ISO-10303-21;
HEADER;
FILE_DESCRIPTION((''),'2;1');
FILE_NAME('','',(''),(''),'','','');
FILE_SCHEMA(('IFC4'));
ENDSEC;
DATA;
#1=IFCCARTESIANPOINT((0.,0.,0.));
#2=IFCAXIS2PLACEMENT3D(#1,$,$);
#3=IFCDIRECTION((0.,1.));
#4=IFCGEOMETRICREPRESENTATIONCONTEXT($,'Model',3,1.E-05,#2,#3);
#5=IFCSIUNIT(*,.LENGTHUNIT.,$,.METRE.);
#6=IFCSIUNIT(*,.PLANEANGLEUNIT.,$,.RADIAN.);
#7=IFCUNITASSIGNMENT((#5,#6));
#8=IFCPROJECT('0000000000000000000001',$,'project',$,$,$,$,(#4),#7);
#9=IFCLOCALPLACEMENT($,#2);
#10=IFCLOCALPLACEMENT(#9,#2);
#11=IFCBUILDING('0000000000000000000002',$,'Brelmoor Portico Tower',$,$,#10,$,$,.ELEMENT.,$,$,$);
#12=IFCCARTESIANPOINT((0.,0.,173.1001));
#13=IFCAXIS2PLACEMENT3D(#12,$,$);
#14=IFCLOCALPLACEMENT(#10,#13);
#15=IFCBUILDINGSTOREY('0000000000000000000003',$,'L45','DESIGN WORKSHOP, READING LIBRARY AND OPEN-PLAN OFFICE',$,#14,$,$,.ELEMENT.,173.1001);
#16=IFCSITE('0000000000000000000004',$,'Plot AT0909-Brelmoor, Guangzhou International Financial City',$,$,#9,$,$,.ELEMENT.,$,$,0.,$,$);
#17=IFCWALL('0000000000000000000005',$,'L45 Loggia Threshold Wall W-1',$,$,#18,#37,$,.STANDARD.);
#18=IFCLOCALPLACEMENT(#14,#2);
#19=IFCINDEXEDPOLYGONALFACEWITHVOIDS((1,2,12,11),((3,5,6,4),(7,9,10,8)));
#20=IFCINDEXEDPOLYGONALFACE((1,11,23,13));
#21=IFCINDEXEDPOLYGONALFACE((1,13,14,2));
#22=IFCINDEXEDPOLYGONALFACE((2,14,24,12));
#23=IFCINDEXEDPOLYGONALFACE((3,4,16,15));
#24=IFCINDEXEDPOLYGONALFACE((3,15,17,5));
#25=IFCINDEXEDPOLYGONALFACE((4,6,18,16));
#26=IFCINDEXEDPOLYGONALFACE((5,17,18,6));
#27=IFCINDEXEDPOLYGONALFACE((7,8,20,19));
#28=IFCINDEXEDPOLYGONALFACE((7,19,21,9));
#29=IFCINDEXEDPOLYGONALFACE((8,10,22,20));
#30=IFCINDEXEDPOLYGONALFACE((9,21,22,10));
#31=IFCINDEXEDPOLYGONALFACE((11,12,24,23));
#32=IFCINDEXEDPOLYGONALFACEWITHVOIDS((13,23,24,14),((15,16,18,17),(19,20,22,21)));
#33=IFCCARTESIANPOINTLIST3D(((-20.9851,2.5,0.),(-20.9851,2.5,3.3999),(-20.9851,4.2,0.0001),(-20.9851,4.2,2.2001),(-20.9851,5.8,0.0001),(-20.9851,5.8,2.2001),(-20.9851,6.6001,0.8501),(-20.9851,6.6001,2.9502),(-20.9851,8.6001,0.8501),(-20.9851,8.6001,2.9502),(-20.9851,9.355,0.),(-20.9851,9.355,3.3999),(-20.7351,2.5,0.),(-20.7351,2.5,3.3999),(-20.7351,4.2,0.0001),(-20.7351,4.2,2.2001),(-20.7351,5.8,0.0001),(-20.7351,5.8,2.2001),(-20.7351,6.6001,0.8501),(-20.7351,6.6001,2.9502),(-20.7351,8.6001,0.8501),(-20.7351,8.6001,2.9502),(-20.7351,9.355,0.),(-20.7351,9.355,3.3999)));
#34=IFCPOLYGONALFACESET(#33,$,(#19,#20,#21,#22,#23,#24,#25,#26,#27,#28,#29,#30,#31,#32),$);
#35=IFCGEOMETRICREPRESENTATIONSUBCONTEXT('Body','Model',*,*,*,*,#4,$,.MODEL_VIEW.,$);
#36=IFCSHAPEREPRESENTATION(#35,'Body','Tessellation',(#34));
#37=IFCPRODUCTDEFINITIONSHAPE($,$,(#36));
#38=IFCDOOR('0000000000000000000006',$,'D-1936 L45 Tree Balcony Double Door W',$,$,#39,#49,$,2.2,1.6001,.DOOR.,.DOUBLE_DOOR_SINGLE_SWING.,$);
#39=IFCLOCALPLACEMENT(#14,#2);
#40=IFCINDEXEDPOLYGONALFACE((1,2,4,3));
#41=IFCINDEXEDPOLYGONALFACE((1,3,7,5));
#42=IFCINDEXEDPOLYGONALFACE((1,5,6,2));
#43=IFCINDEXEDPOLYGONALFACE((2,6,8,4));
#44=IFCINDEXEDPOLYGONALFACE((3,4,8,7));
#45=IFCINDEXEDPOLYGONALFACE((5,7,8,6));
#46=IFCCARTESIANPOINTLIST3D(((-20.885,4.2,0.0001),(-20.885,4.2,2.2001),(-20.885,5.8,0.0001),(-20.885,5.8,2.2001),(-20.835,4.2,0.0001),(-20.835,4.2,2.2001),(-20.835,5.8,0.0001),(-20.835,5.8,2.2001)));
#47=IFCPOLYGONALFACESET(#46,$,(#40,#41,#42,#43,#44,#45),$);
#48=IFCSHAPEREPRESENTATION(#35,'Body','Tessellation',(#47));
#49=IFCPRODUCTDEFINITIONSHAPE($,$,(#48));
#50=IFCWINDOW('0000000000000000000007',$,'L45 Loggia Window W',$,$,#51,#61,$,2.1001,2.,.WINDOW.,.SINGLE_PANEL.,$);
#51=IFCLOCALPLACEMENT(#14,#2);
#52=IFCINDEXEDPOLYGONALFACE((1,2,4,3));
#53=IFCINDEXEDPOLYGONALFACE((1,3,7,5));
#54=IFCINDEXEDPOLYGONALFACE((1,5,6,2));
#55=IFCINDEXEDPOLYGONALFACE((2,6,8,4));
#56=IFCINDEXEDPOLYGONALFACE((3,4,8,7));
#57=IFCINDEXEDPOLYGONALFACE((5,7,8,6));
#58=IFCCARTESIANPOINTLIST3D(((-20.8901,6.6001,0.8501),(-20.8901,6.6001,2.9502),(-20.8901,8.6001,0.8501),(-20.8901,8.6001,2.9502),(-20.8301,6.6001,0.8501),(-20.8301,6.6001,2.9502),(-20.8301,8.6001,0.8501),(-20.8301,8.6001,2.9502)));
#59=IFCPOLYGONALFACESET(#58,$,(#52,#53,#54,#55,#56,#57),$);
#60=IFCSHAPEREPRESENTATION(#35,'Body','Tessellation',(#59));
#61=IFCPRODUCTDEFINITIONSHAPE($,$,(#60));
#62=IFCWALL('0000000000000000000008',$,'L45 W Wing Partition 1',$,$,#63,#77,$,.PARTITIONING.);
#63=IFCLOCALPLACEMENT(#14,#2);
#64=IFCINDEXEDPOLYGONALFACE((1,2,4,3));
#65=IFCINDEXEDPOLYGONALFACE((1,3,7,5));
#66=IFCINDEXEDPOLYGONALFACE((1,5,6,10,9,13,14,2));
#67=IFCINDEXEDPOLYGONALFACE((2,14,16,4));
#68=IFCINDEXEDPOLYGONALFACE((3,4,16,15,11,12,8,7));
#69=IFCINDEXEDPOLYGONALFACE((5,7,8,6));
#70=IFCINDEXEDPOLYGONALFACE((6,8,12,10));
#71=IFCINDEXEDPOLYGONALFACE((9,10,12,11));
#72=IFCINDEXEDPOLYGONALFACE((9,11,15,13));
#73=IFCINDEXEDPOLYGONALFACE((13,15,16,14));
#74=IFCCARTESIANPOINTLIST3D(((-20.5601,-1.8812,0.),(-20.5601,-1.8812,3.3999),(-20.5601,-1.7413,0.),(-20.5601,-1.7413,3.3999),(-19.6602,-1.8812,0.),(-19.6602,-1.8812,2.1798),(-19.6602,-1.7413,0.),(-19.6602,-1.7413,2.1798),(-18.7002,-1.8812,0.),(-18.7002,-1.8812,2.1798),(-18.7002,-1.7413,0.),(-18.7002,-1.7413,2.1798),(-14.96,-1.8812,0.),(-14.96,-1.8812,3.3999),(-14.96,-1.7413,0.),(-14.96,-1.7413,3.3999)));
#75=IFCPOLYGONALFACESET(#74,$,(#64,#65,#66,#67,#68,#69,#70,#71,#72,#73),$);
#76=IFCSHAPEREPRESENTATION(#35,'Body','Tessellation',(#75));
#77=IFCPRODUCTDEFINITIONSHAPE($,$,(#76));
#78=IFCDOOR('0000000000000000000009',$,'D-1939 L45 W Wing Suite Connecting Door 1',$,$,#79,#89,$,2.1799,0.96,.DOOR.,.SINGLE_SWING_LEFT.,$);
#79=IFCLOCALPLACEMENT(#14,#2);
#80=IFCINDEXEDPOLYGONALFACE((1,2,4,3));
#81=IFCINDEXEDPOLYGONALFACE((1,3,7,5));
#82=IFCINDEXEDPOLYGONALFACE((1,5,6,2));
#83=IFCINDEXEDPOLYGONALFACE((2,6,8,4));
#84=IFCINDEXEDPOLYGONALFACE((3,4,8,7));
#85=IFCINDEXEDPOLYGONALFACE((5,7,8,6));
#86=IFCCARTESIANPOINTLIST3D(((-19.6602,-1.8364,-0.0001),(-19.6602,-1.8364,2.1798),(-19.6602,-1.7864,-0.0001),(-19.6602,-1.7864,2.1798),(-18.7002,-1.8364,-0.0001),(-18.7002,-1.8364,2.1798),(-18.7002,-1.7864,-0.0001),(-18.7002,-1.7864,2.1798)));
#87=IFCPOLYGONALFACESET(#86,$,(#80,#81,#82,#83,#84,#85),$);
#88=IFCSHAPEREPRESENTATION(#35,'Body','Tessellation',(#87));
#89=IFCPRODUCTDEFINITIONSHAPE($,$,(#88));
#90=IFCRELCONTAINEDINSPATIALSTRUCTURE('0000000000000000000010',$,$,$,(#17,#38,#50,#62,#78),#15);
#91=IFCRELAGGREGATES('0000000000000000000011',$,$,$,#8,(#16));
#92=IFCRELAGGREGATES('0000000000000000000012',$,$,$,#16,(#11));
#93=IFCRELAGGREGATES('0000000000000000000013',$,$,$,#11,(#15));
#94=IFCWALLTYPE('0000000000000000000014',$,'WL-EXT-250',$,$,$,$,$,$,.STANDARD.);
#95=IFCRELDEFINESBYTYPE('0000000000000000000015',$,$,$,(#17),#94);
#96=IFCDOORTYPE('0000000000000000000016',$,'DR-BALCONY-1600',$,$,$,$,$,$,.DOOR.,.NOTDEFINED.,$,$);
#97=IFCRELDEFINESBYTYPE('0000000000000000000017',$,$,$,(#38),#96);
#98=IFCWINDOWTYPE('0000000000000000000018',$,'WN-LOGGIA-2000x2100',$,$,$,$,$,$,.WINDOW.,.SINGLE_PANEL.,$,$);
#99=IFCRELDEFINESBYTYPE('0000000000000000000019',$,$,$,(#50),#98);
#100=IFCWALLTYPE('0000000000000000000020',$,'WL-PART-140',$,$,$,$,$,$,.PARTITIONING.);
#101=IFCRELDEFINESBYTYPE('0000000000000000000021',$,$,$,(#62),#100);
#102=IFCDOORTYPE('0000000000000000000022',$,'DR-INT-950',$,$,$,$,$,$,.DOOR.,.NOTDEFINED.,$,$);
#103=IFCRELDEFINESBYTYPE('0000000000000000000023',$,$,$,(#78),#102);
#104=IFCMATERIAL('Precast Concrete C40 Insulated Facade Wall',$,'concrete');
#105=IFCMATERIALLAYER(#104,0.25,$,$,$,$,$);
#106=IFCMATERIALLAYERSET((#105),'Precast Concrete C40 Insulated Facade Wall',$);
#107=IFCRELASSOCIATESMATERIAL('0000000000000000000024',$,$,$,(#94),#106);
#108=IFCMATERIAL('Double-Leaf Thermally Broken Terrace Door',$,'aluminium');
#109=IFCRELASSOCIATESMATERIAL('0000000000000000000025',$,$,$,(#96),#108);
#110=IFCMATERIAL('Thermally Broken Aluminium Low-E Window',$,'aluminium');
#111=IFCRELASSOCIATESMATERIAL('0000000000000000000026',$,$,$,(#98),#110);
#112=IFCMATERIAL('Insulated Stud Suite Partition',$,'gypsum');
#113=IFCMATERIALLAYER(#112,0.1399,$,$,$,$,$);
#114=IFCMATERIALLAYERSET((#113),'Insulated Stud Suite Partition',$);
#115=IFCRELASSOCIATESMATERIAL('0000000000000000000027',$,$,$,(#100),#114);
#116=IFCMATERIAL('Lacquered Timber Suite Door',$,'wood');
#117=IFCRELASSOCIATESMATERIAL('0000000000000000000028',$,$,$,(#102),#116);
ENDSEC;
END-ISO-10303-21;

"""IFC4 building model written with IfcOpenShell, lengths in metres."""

from ifc_helpers import new_model, si_unit, direction, frame, frame_2d, origin, place, context, subcontext, project, spatial, rectangle, extrude, material, layer, layer_set, type_object, element, fill, save


model = new_model("IFC4")

# Units and contexts
model_context = context("Model", 3, precision=1e-05, world=origin(), true_north=direction((0.0, 1.0)))
body_context = subcontext(model_context, "Body", "Model", "MODEL_VIEW")
ifc_project = project(units=[si_unit("LENGTHUNIT", "METRE"), si_unit("PLANEANGLEUNIT", "RADIAN")], contexts=[model_context])

# Site, building, storey
site_placement = place(None, origin())
site = spatial("IfcSite", under=ifc_project, at=site_placement, Name="Plot AT0909-Brelmoor, Guangzhou International Financial City", CompositionType="ELEMENT", RefElevation=0.0)
building_placement = place(site_placement, origin())
building = spatial("IfcBuilding", under=site, at=building_placement, Name="Brelmoor Portico Tower", CompositionType="ELEMENT")
storey_placement = place(building_placement, frame((0.0, 0.0, 173.1001)))
storey = spatial("IfcBuildingStorey", under=building, at=storey_placement, Name="L45", Description="DESIGN WORKSHOP, READING LIBRARY AND OPEN-PLAN OFFICE", CompositionType="ELEMENT", Elevation=173.1001)

# Wall, openings, door, window
ifc_material_1 = material(Name="Precast Concrete C40 Insulated Facade Wall", Category="concrete")
ifc_layer_1 = layer(ifc_material_1, 0.25)
ifc_layer_set_1 = layer_set([ifc_layer_1], Name="Precast Concrete C40 Insulated Facade Wall")
wall_type_1 = type_object("IfcWallType", Name="WL-EXT-250", PredefinedType="STANDARD", material=ifc_layer_set_1)
wall_1_placement = place(storey_placement, frame((-20.8601, 2.5, 0.0), z_axis=(0.0, 0.0, 1.0), x_axis=(0.0, 1.0, 0.0)))
wall_1 = element("IfcWall", 1, at=wall_1_placement, inside=storey, type_object=wall_type_1, Name="L45 Loggia Threshold Wall W-1", PredefinedType="STANDARD", context=body_context, shape_type="SweptSolid", body=[
    extrude(rectangle(XDim=6.855, YDim=0.25, at=frame_2d((3.4275, 0.0))), origin(), (0.0, 0.0, 1.0), 3.3999),
])
opening_1_placement = place(wall_1_placement, frame((1.7, 0.0, 0.0)))
opening_1 = element("IfcOpeningElement", 2, at=opening_1_placement, cuts=wall_1, PredefinedType="OPENING", context=body_context, shape_type="SweptSolid", body=[
    extrude(rectangle(XDim=1.6001, YDim=2.2, at=frame_2d((0.8, 1.1001))), frame((0.0, 0.135, 0.0), z_axis=(0.0, -1.0, 0.0), x_axis=(1.0, 0.0, 0.0)), (0.0, 0.0, 1.0), 0.27),
])
opening_2_placement = place(wall_1_placement, frame((4.1001, 0.0, 0.8501)))
opening_2 = element("IfcOpeningElement", 3, at=opening_2_placement, cuts=wall_1, PredefinedType="OPENING", context=body_context, shape_type="SweptSolid", body=[
    extrude(rectangle(XDim=2.0, YDim=2.1001, at=frame_2d((1.0, 1.05))), frame((0.0, 0.135, 0.0), z_axis=(0.0, -1.0, 0.0), x_axis=(1.0, 0.0, 0.0)), (0.0, 0.0, 1.0), 0.27),
])
ifc_material_2 = material(Name="Double-Leaf Thermally Broken Terrace Door", Category="aluminium")
door_type_1 = type_object("IfcDoorType", Name="DR-BALCONY-1600", OperationType="NOTDEFINED", PredefinedType="DOOR", material=ifc_material_2)
door_1_placement = place(opening_1_placement, origin())
door_1 = element("IfcDoor", 4, at=door_1_placement, inside=storey, type_object=door_type_1, Name="D-1936 L45 Tree Balcony Double Door W", OperationType="DOUBLE_DOOR_SINGLE_SWING", OverallHeight=2.2, OverallWidth=1.6001, PredefinedType="DOOR", context=body_context, shape_type="SweptSolid", body=[
    extrude(rectangle(XDim=1.6001, YDim=2.2, at=frame_2d((0.8, 1.1001))), frame((0.0, 0.0249, 0.0), z_axis=(0.0, -1.0, 0.0), x_axis=(1.0, 0.0, 0.0)), (0.0, 0.0, 1.0), 0.05),
])
fill(opening_1, door_1)
ifc_material_3 = material(Name="Thermally Broken Aluminium Low-E Window", Category="aluminium")
window_type = type_object("IfcWindowType", Name="WN-LOGGIA-2000x2100", PartitioningType="SINGLE_PANEL", PredefinedType="WINDOW", material=ifc_material_3)
window_placement = place(opening_2_placement, origin())
window = element("IfcWindow", 5, at=window_placement, inside=storey, type_object=window_type, Name="L45 Loggia Window W", OverallHeight=2.1001, OverallWidth=2.0, PartitioningType="SINGLE_PANEL", PredefinedType="WINDOW", context=body_context, shape_type="SweptSolid", body=[
    extrude(rectangle(XDim=2.0, YDim=2.1001, at=frame_2d((1.0, 1.05))), frame((0.0, 0.03, 0.0), z_axis=(0.0, -1.0, 0.0), x_axis=(1.0, 0.0, 0.0)), (0.0, 0.0, 1.0), 0.0601),
])
fill(opening_2, window)

# Wall, opening, door
ifc_material_4 = material(Name="Insulated Stud Suite Partition", Category="gypsum")
ifc_layer_2 = layer(ifc_material_4, 0.1399)
ifc_layer_set_2 = layer_set([ifc_layer_2], Name="Insulated Stud Suite Partition")
wall_type_2 = type_object("IfcWallType", Name="WL-PART-140", PredefinedType="PARTITIONING", material=ifc_layer_set_2)
wall_2_placement = place(storey_placement, frame((-20.5601, -1.8113, 0.0), z_axis=(0.0, 0.0, 1.0), x_axis=(1.0, 0.0, 0.0)))
wall_2 = element("IfcWall", 6, at=wall_2_placement, inside=storey, type_object=wall_type_2, Name="L45 W Wing Partition 1", PredefinedType="PARTITIONING", context=body_context, shape_type="SweptSolid", body=[
    extrude(rectangle(XDim=5.6001, YDim=0.1399, at=frame_2d((2.8, 0.0))), origin(), (0.0, 0.0, 1.0), 3.3999),
])
opening_3_placement = place(wall_2_placement, frame((0.8999, 0.0, 0.0)))
opening_3 = element("IfcOpeningElement", 7, at=opening_3_placement, cuts=wall_2, PredefinedType="OPENING", context=body_context, shape_type="SweptSolid", body=[
    extrude(rectangle(XDim=0.96, YDim=2.1799, at=frame_2d((0.48, 1.0898))), frame((0.0, 0.0798, 0.0), z_axis=(0.0, -1.0, 0.0), x_axis=(1.0, 0.0, 0.0)), (0.0, 0.0, 1.0), 0.1599),
])
ifc_material_5 = material(Name="Lacquered Timber Suite Door", Category="wood")
door_type_2 = type_object("IfcDoorType", Name="DR-INT-950", OperationType="NOTDEFINED", PredefinedType="DOOR", material=ifc_material_5)
door_2_placement = place(opening_3_placement, origin())
door_2 = element("IfcDoor", 8, at=door_2_placement, inside=storey, type_object=door_type_2, Name="D-1939 L45 W Wing Suite Connecting Door 1", OperationType="SINGLE_SWING_LEFT", OverallHeight=2.1799, OverallWidth=0.96, PredefinedType="DOOR", context=body_context, shape_type="SweptSolid", body=[
    extrude(rectangle(XDim=0.96, YDim=2.1799, at=frame_2d((0.48, 1.0898))), frame((0.0, 0.0249, 0.0), z_axis=(0.0, -1.0, 0.0), x_axis=(1.0, 0.0, 0.0)), (0.0, 0.0, 1.0), 0.05),
])
fill(opening_3, door_2)

save(model, "model.ifc")
